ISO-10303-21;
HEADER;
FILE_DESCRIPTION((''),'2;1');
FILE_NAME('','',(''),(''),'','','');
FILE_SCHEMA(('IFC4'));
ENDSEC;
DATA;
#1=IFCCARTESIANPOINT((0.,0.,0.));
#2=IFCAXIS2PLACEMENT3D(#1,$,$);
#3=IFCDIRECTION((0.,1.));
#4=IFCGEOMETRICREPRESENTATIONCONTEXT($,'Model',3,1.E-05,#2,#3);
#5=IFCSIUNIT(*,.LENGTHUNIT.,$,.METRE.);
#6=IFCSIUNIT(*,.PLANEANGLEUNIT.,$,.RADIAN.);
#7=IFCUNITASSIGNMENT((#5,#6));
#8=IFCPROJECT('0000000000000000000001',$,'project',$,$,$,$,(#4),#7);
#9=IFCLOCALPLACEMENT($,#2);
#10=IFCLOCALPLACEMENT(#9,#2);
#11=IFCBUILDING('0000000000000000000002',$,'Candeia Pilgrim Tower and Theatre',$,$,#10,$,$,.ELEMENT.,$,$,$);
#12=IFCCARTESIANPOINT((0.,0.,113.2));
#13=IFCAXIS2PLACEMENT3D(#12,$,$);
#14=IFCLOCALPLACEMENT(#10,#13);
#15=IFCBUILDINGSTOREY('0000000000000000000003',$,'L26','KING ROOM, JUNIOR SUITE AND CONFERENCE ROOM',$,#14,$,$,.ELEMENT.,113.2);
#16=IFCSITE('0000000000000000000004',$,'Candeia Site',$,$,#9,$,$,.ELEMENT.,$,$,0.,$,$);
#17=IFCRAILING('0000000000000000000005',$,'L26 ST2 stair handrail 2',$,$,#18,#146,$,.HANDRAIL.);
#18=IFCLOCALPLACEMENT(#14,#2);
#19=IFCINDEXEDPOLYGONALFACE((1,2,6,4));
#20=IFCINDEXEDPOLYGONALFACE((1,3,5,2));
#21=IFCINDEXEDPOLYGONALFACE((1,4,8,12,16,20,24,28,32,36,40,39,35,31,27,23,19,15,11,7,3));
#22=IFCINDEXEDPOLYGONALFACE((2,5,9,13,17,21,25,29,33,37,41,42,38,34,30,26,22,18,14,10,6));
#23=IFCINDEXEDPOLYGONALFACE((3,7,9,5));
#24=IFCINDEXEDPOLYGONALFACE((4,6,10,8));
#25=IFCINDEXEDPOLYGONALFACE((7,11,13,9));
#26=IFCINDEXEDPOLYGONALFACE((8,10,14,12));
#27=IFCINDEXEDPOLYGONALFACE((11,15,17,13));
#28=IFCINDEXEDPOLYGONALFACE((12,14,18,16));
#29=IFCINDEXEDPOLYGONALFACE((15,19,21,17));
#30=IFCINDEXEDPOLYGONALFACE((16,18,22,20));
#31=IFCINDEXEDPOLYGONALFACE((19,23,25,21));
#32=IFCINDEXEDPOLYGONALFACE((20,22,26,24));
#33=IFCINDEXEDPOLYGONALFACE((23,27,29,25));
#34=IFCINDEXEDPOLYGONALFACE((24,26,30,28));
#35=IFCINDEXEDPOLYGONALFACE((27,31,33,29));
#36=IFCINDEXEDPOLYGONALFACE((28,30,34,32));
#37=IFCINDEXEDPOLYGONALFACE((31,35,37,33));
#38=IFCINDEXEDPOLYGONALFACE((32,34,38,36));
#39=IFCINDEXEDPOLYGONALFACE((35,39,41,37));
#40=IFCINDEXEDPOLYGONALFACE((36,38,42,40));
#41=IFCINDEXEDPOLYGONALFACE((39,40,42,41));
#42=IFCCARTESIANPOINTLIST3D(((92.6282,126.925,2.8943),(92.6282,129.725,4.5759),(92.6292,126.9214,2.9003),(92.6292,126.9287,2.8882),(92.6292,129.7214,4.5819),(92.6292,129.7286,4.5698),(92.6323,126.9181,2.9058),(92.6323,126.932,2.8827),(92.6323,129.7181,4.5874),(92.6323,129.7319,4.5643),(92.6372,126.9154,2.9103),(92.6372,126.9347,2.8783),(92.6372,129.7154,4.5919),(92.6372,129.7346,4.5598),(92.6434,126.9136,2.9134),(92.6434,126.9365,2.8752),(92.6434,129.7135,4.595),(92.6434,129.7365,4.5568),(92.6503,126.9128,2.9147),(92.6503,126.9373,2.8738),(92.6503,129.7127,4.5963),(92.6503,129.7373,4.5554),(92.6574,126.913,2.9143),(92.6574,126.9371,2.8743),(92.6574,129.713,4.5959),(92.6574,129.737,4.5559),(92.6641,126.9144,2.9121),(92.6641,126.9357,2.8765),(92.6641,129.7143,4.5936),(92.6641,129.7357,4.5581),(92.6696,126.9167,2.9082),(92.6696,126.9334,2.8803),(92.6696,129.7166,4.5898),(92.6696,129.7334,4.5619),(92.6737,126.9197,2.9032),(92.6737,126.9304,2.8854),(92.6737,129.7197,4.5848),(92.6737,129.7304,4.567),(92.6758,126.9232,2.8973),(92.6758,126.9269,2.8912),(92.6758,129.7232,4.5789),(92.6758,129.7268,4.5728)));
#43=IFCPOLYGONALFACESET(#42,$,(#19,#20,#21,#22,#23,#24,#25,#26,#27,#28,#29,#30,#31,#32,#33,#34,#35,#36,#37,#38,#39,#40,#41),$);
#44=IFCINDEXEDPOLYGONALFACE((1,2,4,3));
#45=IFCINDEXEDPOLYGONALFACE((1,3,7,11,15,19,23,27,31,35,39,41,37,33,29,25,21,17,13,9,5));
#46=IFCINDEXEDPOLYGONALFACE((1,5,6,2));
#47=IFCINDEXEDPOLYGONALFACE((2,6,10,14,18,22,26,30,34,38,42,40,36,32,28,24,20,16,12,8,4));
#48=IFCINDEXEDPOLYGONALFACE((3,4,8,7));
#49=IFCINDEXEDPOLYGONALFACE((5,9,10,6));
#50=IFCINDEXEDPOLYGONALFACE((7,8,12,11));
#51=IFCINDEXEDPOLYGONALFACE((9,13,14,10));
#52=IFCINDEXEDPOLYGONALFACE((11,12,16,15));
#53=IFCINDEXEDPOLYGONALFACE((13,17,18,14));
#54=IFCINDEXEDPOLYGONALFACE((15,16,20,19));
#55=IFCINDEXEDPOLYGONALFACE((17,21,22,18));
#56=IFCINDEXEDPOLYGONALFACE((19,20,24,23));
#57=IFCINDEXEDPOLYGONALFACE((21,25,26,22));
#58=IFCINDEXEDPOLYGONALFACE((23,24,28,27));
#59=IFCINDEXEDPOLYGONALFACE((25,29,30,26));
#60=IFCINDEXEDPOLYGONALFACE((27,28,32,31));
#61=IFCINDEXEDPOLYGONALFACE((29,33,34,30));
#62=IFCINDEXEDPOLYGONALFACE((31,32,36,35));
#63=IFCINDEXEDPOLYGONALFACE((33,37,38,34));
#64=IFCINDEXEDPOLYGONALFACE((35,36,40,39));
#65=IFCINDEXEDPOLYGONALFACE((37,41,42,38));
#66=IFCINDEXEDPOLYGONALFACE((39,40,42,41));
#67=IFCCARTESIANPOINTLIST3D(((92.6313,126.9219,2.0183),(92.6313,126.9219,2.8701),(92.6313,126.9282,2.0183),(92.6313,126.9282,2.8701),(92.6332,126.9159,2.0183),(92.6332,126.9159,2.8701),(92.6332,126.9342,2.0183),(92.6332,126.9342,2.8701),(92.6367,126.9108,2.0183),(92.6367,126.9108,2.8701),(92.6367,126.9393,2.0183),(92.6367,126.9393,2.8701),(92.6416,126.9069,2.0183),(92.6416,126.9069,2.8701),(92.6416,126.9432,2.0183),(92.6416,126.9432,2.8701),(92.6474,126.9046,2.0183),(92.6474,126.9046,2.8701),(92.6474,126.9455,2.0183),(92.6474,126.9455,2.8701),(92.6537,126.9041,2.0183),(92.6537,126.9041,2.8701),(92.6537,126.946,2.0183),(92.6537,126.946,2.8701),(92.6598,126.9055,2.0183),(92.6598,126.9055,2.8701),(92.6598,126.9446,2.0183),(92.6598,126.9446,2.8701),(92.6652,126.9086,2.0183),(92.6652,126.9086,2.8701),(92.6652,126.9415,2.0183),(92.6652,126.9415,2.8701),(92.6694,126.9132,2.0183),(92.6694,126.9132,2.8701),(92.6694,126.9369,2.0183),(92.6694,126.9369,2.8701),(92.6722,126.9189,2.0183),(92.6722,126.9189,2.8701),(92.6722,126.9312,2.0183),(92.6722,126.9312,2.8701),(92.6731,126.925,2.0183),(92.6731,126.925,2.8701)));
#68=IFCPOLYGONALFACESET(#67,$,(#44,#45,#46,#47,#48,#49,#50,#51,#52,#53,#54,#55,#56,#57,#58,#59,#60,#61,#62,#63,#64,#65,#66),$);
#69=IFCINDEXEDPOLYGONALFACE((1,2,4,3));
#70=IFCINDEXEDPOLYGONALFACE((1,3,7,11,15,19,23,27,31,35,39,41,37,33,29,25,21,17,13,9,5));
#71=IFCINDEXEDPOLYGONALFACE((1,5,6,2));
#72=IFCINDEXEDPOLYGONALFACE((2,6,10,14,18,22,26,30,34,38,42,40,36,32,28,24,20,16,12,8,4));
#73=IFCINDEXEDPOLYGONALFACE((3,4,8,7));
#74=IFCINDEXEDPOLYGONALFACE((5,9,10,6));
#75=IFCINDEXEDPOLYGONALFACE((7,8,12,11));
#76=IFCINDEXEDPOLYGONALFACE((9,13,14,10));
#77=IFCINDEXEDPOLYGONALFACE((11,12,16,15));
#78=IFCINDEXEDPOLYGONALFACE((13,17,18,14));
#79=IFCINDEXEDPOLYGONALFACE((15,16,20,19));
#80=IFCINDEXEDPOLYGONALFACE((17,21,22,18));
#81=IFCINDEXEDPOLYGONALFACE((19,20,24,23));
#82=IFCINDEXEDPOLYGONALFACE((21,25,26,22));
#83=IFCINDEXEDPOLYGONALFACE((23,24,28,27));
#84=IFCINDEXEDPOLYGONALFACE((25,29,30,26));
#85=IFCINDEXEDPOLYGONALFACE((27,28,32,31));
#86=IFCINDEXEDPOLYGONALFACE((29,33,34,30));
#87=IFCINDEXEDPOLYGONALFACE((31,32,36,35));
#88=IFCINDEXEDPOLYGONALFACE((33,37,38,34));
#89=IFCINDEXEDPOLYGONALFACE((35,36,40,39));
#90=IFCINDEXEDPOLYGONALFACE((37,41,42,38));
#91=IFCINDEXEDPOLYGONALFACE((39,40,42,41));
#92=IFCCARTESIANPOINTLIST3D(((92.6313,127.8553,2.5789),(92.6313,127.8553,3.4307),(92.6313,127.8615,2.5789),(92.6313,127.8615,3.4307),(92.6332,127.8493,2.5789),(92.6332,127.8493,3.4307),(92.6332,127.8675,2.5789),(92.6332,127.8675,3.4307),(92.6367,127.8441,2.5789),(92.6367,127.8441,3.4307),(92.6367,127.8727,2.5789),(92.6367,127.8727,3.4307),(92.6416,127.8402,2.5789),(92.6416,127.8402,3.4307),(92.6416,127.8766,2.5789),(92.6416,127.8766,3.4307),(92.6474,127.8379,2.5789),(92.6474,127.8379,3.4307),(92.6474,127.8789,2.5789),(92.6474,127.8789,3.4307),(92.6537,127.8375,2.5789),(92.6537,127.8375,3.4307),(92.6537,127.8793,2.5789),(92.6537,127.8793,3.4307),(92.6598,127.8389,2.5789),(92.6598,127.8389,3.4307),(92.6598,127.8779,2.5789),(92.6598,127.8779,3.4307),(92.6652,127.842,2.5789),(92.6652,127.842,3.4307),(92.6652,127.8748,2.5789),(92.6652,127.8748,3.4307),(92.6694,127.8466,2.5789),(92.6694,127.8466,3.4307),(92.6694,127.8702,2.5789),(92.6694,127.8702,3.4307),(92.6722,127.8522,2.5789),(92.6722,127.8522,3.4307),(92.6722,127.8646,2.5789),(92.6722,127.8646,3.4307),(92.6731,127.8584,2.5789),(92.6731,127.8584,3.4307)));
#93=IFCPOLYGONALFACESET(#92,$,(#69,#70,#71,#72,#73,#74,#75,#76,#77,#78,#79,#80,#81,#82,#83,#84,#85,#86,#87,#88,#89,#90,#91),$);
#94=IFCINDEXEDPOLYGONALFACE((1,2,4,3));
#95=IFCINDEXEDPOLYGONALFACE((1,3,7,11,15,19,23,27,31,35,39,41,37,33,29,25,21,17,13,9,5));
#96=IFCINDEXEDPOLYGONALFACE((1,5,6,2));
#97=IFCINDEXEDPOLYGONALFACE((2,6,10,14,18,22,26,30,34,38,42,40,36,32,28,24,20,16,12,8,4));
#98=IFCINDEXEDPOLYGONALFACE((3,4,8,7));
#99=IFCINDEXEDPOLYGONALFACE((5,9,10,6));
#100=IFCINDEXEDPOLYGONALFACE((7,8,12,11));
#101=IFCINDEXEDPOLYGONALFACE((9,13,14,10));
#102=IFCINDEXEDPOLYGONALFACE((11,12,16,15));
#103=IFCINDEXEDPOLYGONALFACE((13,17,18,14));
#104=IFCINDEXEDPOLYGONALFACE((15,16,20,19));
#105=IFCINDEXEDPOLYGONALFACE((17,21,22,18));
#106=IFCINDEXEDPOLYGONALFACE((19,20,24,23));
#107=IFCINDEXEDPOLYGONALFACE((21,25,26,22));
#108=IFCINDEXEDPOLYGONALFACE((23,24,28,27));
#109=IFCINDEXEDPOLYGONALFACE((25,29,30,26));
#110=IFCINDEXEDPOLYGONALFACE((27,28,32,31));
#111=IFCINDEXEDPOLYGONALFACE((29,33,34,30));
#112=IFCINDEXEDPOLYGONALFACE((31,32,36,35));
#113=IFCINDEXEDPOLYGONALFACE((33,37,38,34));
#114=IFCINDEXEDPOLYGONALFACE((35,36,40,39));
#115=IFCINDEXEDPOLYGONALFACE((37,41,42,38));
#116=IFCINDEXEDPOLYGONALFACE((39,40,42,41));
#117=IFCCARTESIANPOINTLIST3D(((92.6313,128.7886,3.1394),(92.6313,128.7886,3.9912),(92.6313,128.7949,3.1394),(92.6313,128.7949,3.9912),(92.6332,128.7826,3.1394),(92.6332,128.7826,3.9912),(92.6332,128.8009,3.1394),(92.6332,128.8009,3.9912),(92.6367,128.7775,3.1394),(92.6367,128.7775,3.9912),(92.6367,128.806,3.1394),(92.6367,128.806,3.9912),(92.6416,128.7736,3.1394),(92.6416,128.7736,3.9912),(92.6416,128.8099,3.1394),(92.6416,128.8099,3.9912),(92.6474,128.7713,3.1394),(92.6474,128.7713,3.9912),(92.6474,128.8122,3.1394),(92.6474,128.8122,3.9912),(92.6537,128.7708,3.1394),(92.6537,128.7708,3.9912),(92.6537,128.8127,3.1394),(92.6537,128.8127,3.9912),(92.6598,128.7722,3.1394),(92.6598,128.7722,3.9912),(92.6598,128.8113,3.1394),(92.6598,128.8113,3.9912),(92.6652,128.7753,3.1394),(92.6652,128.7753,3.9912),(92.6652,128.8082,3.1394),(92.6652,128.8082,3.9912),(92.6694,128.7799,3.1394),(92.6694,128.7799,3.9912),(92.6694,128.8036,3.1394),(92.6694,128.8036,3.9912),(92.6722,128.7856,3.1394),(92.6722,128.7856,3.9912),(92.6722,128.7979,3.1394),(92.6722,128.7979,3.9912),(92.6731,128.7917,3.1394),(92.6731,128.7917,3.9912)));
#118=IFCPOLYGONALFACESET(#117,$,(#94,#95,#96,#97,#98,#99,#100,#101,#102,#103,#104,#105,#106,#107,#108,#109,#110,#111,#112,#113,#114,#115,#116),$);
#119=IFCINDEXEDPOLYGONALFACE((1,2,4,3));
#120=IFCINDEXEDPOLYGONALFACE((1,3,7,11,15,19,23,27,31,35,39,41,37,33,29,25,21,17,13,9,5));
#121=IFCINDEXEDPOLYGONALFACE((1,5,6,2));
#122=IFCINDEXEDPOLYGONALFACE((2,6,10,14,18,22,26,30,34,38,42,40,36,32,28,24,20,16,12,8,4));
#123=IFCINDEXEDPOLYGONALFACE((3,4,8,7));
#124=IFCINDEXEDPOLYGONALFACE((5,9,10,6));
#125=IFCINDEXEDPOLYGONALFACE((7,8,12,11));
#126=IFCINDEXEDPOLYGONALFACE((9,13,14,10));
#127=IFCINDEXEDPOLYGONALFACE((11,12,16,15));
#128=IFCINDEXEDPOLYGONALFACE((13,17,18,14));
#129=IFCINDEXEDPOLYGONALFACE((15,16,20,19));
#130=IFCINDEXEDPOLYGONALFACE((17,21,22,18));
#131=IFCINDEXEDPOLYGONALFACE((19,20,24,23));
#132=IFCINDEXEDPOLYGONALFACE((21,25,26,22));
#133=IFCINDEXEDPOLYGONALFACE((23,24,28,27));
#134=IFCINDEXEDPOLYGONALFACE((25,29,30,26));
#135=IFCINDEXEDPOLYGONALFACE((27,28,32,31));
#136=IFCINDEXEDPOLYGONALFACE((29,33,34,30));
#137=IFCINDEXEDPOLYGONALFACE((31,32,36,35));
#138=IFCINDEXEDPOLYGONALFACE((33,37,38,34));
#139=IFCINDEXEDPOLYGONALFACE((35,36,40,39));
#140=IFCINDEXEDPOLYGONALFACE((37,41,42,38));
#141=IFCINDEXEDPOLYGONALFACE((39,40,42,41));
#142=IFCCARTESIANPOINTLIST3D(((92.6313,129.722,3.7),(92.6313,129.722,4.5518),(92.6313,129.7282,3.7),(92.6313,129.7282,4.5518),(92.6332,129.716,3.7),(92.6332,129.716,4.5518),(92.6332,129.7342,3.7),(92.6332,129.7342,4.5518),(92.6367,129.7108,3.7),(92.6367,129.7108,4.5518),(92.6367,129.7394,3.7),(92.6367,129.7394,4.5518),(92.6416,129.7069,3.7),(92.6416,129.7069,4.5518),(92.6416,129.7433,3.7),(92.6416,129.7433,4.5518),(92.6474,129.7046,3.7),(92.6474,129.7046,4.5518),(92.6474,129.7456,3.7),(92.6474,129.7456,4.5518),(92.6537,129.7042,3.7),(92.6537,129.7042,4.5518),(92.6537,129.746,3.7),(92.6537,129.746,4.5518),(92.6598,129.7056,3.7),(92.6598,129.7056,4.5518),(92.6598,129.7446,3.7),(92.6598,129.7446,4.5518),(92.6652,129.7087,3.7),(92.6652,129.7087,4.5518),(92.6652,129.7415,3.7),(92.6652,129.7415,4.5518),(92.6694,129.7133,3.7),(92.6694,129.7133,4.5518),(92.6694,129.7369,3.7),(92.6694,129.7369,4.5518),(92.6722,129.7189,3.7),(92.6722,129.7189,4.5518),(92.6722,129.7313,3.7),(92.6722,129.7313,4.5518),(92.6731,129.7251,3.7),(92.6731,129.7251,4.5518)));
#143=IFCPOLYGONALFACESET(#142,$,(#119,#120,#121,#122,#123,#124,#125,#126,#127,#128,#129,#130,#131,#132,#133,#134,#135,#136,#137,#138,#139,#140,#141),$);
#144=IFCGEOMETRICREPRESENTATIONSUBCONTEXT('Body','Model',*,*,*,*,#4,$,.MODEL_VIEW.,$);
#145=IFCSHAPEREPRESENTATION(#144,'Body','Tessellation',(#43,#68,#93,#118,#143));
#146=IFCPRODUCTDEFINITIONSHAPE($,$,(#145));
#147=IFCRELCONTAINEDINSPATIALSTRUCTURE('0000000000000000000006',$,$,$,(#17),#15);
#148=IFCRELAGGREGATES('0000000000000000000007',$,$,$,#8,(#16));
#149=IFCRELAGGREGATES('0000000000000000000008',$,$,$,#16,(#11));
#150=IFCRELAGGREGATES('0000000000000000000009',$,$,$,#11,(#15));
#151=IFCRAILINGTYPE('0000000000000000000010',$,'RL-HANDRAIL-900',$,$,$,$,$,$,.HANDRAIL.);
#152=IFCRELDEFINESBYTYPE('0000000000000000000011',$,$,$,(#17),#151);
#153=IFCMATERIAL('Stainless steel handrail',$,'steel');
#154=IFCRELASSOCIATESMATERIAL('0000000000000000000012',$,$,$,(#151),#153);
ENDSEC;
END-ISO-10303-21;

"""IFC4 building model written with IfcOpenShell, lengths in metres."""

from ifc_helpers import new_model, si_unit, direction, frame, origin, origin_2d, place, context, subcontext, project, spatial, circle, extrude, material, type_object, element, save


model = new_model("IFC4")

# Units and contexts
model_context = context("Model", 3, precision=1e-05, world=origin(), true_north=direction((0.0, 1.0)))
body_context = subcontext(model_context, "Body", "Model", "MODEL_VIEW")
ifc_project = project(units=[si_unit("LENGTHUNIT", "METRE"), si_unit("PLANEANGLEUNIT", "RADIAN")], contexts=[model_context])

# Site, building, storey
site_placement = place(None, origin())
site = spatial("IfcSite", under=ifc_project, at=site_placement, Name="Candeia Site", CompositionType="ELEMENT", RefElevation=0.0)
building_placement = place(site_placement, origin())
building = spatial("IfcBuilding", under=site, at=building_placement, Name="Candeia Pilgrim Tower and Theatre", CompositionType="ELEMENT")
storey_placement = place(building_placement, frame((0.0, 0.0, 113.2)))
storey = spatial("IfcBuildingStorey", under=building, at=storey_placement, Name="L26", Description="KING ROOM, JUNIOR SUITE AND CONFERENCE ROOM", CompositionType="ELEMENT", Elevation=113.2)

# Railing
ifc_material_1 = material(Name="Stainless steel handrail", Category="steel")
railing_type = type_object("IfcRailingType", Name="RL-HANDRAIL-900", PredefinedType="HANDRAIL", material=ifc_material_1)
for number, where, name in (
    (1, (92.6521, 126.925, 2.0183), "L26 ST2 stair handrail 2"),
):
    element("IfcRailing", number, at=place(storey_placement, frame(where)), inside=storey, type_object=railing_type, Name=name, PredefinedType="HANDRAIL", context=body_context, shape_type="SweptSolid", body=[
        extrude(circle(Radius=0.0239, at=origin_2d()), frame((0.0, 0.0, 0.876), z_axis=(0.0, 0.857275, 0.514858), x_axis=(-1.0, 0.0, 0.0)), (0.0, 0.0, 1.0), 3.2661),
        extrude(circle(Radius=0.021, at=origin_2d()), origin(), (0.0, 0.0, 1.0), 0.8518),
        extrude(circle(Radius=0.021, at=origin_2d()), frame((0.0, 0.9333, 0.5605)), (0.0, 0.0, 1.0), 0.8518),
        extrude(circle(Radius=0.021, at=origin_2d()), frame((0.0, 1.8667, 1.1211)), (0.0, 0.0, 1.0), 0.8518),
        extrude(circle(Radius=0.021, at=origin_2d()), frame((0.0, 2.8, 1.6816)), (0.0, 0.0, 1.0), 0.8518),
    ])

save(model, "model.ifc")
